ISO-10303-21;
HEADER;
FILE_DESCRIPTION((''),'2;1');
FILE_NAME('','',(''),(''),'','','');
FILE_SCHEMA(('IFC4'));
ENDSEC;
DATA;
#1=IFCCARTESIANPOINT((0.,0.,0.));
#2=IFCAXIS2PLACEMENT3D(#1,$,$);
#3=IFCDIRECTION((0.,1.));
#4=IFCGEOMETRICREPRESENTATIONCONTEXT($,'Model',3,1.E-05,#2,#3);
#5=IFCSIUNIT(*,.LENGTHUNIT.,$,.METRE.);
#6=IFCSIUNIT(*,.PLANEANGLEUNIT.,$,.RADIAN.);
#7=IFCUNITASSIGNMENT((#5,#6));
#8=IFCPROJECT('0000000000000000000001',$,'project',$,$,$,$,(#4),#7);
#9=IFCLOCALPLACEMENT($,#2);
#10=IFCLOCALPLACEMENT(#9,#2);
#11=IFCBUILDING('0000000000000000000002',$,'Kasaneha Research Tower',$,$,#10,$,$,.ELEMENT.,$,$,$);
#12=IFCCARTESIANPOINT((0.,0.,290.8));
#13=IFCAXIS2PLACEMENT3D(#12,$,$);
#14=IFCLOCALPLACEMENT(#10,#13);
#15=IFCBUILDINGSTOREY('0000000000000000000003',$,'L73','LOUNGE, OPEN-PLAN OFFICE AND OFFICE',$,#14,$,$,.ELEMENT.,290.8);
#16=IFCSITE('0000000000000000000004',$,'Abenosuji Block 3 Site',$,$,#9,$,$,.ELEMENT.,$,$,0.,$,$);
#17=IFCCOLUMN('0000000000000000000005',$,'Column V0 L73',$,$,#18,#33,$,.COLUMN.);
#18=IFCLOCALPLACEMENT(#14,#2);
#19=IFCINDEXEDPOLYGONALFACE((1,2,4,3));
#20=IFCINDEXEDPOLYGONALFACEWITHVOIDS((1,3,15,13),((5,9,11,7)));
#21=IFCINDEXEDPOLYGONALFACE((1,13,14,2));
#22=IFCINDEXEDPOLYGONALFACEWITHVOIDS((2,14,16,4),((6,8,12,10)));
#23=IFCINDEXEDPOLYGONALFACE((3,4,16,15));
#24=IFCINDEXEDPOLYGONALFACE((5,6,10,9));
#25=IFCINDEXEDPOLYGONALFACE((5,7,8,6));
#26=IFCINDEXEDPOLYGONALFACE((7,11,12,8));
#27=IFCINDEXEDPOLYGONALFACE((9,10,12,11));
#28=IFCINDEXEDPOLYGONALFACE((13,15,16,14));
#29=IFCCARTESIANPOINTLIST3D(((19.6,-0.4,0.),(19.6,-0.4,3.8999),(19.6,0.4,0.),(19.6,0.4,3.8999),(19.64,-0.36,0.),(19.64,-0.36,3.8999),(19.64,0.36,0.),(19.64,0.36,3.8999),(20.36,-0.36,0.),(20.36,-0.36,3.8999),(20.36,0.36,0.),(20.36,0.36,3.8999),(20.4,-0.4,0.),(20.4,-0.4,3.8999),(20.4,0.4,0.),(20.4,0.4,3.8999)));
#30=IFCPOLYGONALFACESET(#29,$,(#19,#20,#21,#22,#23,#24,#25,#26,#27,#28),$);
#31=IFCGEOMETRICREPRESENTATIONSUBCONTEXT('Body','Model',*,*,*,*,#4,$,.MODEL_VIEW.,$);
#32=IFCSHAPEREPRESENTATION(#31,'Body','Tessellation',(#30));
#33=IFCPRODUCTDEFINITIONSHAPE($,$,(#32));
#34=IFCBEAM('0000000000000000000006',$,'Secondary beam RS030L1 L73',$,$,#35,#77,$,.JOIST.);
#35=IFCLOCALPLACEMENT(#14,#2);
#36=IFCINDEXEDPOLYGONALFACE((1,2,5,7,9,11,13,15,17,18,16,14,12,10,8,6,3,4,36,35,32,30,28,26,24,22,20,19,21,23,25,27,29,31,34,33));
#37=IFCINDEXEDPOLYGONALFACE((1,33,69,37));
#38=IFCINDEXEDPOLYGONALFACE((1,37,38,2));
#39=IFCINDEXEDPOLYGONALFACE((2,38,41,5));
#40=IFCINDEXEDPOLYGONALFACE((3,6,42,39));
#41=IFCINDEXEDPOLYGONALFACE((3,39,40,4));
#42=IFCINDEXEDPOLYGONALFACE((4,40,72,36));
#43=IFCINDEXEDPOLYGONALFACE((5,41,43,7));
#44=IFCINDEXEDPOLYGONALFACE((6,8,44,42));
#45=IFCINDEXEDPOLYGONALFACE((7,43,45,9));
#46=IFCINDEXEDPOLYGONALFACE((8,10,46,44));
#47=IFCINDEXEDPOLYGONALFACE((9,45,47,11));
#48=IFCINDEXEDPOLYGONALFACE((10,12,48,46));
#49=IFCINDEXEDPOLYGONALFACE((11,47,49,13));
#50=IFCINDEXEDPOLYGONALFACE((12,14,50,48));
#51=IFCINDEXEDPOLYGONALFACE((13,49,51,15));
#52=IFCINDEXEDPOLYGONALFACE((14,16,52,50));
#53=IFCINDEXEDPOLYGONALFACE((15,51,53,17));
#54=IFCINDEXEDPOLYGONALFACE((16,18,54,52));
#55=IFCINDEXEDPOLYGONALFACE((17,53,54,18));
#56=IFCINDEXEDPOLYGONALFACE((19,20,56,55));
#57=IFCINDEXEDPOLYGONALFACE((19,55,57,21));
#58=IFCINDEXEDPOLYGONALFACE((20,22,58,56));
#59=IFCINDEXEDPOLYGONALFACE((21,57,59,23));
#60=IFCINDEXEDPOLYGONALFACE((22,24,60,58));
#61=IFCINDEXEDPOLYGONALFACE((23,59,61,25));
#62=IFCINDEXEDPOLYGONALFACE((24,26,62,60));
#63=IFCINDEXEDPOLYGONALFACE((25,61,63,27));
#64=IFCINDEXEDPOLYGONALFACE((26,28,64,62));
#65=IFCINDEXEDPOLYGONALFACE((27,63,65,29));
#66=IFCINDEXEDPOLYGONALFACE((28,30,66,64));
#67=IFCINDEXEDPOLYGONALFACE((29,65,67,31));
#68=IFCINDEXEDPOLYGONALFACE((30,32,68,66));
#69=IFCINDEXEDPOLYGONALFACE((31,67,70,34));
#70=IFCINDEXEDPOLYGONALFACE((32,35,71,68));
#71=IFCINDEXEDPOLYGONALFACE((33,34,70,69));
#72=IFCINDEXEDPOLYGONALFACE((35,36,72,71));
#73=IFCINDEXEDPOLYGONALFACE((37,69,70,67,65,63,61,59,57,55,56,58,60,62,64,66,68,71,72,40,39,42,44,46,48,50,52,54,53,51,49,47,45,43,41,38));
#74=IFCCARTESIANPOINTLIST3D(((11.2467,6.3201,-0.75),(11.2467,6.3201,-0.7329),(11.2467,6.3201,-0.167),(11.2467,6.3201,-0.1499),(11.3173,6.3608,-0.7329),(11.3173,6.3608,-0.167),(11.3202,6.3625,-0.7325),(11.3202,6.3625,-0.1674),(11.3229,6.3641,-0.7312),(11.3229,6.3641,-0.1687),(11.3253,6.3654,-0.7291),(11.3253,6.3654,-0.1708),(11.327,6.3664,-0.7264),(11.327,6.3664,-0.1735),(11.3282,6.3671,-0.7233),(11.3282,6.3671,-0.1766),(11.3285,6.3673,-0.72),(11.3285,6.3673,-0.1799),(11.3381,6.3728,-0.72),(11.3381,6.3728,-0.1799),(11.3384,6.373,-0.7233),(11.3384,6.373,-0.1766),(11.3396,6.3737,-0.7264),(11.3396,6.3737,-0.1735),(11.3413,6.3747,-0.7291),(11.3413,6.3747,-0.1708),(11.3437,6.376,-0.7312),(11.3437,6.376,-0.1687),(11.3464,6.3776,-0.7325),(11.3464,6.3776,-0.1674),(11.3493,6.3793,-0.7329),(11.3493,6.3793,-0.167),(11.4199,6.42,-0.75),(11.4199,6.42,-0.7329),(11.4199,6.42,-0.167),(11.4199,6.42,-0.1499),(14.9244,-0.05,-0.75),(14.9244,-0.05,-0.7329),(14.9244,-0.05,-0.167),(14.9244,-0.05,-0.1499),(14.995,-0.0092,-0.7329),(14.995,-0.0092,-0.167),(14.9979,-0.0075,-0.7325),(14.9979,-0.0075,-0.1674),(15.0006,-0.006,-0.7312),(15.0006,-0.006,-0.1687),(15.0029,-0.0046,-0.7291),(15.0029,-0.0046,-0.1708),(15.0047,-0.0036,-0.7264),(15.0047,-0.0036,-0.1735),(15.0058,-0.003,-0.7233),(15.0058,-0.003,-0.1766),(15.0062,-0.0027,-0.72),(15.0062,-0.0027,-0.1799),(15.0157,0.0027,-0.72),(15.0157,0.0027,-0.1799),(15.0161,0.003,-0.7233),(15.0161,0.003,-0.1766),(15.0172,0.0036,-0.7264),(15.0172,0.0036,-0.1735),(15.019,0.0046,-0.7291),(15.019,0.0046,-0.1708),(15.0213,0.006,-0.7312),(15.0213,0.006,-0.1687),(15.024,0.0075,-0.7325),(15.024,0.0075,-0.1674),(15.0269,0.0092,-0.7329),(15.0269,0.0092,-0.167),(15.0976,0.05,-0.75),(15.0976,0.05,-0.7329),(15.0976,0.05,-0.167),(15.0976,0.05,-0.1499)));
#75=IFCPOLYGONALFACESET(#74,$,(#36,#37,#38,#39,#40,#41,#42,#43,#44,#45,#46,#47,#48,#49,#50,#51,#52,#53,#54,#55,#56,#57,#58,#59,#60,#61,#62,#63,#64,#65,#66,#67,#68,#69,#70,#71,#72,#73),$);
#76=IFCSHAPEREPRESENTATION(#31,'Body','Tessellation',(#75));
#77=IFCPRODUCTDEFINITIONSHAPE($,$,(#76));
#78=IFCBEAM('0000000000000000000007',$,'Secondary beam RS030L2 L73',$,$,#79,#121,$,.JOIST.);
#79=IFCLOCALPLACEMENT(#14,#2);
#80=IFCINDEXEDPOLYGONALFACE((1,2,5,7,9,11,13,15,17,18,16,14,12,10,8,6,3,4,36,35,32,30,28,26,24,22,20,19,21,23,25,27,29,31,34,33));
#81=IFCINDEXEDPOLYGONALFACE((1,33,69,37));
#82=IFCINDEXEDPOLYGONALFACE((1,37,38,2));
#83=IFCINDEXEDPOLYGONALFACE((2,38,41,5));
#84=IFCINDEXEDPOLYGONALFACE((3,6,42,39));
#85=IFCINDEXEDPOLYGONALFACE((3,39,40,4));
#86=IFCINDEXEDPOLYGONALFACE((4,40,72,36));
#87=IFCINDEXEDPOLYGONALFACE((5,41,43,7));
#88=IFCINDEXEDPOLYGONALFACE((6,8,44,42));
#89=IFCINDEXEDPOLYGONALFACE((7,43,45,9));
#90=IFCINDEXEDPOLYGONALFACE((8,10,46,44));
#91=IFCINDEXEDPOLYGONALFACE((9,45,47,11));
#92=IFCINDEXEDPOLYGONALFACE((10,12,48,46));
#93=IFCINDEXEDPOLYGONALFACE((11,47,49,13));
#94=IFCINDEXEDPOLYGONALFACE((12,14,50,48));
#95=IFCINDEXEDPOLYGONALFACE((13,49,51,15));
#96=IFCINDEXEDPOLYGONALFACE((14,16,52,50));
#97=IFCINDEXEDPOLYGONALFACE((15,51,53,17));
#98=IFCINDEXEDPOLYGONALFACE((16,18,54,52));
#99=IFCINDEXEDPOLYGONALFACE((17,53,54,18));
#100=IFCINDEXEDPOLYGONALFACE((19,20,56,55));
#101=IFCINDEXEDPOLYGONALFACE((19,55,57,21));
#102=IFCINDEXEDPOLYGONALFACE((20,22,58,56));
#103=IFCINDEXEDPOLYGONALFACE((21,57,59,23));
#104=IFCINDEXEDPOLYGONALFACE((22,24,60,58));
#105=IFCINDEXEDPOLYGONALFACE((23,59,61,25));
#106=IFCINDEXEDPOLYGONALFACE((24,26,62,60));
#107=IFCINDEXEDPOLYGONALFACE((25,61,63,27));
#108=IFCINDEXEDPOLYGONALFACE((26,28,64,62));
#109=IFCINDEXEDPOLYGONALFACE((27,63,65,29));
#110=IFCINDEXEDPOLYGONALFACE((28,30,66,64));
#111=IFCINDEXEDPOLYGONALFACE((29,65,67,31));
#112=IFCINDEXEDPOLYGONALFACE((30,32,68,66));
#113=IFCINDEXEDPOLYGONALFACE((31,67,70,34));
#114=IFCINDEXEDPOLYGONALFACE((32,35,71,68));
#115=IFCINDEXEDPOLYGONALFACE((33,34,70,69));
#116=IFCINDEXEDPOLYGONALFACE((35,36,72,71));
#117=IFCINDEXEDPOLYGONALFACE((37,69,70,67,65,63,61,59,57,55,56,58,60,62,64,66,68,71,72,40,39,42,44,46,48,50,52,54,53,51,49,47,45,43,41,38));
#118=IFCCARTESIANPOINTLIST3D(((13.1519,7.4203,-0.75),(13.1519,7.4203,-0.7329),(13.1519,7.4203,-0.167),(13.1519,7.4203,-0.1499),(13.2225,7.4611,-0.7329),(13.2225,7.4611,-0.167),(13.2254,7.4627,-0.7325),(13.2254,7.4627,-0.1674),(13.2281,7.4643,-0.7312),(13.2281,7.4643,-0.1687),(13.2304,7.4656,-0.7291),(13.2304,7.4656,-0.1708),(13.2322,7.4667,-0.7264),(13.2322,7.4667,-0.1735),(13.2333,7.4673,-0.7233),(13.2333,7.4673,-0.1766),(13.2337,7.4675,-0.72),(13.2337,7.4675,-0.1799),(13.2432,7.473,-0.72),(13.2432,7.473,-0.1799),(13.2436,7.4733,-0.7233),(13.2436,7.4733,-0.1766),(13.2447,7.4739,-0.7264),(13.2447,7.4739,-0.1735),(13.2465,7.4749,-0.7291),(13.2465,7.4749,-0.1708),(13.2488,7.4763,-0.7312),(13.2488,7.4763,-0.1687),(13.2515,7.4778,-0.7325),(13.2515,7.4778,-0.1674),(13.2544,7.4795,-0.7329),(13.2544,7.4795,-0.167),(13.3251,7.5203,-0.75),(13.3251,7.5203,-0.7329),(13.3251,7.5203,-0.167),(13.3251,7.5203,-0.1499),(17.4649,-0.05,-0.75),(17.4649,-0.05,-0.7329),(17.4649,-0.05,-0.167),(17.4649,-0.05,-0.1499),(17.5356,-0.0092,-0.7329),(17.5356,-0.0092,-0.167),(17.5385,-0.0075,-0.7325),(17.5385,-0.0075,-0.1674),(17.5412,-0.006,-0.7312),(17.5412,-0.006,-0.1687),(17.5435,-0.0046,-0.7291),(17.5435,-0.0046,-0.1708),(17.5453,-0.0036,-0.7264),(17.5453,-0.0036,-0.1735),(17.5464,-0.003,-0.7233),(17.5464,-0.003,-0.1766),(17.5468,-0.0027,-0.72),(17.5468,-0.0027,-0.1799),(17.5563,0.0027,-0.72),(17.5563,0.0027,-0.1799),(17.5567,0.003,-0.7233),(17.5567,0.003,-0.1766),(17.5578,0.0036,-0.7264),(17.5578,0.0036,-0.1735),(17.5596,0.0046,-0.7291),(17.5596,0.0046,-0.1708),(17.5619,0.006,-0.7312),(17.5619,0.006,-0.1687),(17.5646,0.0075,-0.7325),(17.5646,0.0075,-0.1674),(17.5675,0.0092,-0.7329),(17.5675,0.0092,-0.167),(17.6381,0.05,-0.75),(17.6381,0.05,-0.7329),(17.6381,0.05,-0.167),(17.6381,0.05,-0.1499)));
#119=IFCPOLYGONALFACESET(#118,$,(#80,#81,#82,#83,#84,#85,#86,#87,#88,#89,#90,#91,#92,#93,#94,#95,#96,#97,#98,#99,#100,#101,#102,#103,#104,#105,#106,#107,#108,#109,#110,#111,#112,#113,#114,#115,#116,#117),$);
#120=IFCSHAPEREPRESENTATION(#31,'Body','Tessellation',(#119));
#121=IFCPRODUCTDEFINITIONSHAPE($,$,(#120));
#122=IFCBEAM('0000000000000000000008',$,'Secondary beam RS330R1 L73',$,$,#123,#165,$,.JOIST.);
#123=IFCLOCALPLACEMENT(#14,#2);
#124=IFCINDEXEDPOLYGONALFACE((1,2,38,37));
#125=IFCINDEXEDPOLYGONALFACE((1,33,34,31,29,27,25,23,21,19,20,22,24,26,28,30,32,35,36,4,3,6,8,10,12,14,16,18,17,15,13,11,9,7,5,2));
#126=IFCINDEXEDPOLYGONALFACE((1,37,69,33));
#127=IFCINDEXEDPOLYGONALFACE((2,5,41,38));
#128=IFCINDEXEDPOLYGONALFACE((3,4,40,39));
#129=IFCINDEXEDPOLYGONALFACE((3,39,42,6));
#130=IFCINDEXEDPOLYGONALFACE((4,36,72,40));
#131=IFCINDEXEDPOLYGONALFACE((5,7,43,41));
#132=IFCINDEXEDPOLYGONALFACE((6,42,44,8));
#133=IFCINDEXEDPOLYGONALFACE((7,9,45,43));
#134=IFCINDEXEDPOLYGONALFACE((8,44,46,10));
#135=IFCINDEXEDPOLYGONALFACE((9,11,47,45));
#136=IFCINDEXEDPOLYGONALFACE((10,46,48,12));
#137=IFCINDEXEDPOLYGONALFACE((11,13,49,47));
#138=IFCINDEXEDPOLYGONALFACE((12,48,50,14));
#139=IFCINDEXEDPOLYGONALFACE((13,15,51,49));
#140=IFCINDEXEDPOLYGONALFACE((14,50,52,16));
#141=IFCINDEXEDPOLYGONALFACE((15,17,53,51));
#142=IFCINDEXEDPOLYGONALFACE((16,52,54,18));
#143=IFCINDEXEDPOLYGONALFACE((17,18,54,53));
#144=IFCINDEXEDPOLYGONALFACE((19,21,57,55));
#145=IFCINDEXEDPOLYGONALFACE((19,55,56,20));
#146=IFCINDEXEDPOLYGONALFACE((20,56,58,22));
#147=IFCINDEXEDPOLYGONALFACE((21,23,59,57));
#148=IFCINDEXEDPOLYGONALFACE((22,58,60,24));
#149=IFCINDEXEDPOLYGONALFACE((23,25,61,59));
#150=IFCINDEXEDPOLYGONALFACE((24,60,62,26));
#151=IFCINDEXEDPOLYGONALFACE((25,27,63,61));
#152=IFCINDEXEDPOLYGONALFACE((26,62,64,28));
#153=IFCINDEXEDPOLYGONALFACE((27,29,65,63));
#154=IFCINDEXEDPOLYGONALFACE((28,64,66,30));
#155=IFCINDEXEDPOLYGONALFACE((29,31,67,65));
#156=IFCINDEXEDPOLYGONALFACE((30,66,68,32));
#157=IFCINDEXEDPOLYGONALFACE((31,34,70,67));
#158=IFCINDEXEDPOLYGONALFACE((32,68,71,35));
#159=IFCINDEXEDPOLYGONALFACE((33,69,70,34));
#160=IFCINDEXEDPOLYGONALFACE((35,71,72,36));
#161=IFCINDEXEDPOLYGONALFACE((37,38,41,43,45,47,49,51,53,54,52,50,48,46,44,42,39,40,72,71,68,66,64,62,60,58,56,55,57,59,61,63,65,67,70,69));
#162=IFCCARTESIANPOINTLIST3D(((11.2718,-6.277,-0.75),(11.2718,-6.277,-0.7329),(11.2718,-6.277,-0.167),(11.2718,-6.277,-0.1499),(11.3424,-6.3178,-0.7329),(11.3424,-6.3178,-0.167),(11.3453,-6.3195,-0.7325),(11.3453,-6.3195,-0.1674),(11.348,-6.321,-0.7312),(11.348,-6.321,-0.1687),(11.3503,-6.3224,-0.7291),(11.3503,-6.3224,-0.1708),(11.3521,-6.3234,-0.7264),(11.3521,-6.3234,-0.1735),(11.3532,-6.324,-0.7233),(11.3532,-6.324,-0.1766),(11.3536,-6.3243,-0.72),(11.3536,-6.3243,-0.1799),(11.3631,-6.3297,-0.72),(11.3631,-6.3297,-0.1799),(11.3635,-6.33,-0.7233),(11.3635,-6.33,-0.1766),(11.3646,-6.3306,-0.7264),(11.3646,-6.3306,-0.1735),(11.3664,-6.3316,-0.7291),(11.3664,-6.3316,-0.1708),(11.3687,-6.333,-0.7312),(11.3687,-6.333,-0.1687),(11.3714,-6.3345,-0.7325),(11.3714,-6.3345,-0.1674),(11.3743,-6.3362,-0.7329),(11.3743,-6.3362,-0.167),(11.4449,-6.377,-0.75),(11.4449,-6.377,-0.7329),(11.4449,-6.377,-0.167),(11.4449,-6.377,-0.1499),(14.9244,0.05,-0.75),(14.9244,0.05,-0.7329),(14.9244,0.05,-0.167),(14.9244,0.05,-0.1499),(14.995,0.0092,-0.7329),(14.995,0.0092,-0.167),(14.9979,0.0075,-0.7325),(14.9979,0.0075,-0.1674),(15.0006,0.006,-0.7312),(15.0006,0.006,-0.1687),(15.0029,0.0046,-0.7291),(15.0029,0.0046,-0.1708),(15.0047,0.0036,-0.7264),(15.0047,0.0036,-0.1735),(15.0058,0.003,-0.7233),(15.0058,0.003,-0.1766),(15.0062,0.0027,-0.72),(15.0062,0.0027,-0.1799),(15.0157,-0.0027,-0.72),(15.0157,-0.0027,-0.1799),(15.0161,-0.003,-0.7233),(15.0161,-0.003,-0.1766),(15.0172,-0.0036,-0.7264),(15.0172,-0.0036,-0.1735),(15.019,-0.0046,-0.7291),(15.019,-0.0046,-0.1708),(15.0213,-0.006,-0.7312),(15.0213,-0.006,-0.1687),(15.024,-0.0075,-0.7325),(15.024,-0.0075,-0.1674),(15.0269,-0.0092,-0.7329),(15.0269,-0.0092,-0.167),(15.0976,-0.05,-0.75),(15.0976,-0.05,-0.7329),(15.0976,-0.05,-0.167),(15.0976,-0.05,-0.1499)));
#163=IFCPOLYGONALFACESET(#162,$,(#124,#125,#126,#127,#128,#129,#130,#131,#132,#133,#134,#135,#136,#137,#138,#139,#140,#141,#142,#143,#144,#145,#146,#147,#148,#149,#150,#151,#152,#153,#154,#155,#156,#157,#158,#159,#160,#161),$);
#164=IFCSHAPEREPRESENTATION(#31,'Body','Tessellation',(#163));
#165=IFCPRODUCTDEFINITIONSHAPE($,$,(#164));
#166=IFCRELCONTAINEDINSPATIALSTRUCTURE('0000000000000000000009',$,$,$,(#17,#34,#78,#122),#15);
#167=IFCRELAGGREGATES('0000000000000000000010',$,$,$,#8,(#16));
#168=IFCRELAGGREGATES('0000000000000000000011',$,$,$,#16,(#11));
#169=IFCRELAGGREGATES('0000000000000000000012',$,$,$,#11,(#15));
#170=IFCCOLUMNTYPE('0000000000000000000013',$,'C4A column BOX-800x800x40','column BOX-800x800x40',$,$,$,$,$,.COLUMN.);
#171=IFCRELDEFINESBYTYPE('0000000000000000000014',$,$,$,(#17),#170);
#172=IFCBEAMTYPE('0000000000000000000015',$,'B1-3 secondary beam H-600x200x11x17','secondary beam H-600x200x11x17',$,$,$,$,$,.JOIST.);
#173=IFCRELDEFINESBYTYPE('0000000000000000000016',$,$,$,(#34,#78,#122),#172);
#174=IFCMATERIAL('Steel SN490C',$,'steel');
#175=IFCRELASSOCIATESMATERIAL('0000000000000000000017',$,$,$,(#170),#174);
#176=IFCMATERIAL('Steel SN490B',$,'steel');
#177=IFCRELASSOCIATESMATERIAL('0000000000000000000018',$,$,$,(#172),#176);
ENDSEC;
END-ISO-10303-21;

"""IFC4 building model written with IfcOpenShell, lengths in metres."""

from ifc_helpers import new_model, si_unit, direction, frame, origin, origin_2d, place, context, subcontext, project, spatial, hollow_rectangle, i_section, extrude, material, material_profile, profile_set, type_object, element, save


model = new_model("IFC4")

# Units and contexts
model_context = context("Model", 3, precision=1e-05, world=origin(), true_north=direction((0.0, 1.0)))
body_context = subcontext(model_context, "Body", "Model", "MODEL_VIEW")
ifc_project = project(units=[si_unit("LENGTHUNIT", "METRE"), si_unit("PLANEANGLEUNIT", "RADIAN")], contexts=[model_context])

# Site, building, storey
site_placement = place(None, origin())
site = spatial("IfcSite", under=ifc_project, at=site_placement, Name="Abenosuji Block 3 Site", CompositionType="ELEMENT", RefElevation=0.0)
building_placement = place(site_placement, origin())
building = spatial("IfcBuilding", under=site, at=building_placement, Name="Kasaneha Research Tower", CompositionType="ELEMENT")
storey_placement = place(building_placement, frame((0.0, 0.0, 290.8)))
storey = spatial("IfcBuildingStorey", under=building, at=storey_placement, Name="L73", Description="LOUNGE, OPEN-PLAN OFFICE AND OFFICE", CompositionType="ELEMENT", Elevation=290.8)

# Column
ifc_material_1 = material(Name="Steel SN490C", Category="steel")
ifc_material_profile_1 = material_profile(ifc_material_1, hollow_rectangle(XDim=0.8, YDim=0.8, WallThickness=0.04, at=origin_2d()), Name="BOX-800x800x40")
ifc_profile_set_1 = profile_set([ifc_material_profile_1], Name="Steel SN490C")
column_type = type_object("IfcColumnType", Name="C4A column BOX-800x800x40", Description="column BOX-800x800x40", PredefinedType="COLUMN", material=ifc_profile_set_1)
column_placement = place(storey_placement, frame((20.0, 0.0, 0.0), z_axis=(0.0, 0.0, 1.0), x_axis=(1.0, 0.0, 0.0)))
element("IfcColumn", 1, at=column_placement, inside=storey, type_object=column_type, Name="Column V0 L73", PredefinedType="COLUMN", context=body_context, shape_type="SweptSolid", body=[
    extrude(hollow_rectangle(XDim=0.8, YDim=0.8, WallThickness=0.04, at=origin_2d()), origin(), (0.0, 0.0, 1.0), 3.8999),
])

# Beams
ifc_material_2 = material(Name="Steel SN490B", Category="steel")
ifc_material_profile_2 = material_profile(ifc_material_2, i_section(OverallWidth=0.2, OverallDepth=0.6001, WebThickness=0.011, FlangeThickness=0.0171, FilletRadius=0.0129, at=origin_2d()), Name="H-600x200x11x17")
ifc_profile_set_2 = profile_set([ifc_material_profile_2], Name="Steel SN490B")
beam_type_1 = type_object("IfcBeamType", Name="B1-3 secondary beam H-600x200x11x17", Description="secondary beam H-600x200x11x17", PredefinedType="JOIST", material=ifc_profile_set_2)
beam_1_placement = place(storey_placement, frame((15.011, 0.0, -0.45), z_axis=(-0.499994, 0.866029, 0.0), x_axis=(-0.866029, -0.499994, 0.0)))
element("IfcBeam", 2, at=beam_1_placement, inside=storey, type_object=beam_type_1, Name="Secondary beam RS030L1 L73", PredefinedType="JOIST", context=body_context, shape_type="SweptSolid", body=[
    extrude(i_section(OverallWidth=0.2, OverallDepth=0.6001, WebThickness=0.011, FlangeThickness=0.0171, FilletRadius=0.0129, at=origin_2d()), origin(), (0.0, 0.0, 1.0), 7.3555),
])
beam_2_placement = place(storey_placement, frame((17.5515, 0.0, -0.45), z_axis=(-0.500005, 0.866023, 0.0), x_axis=(-0.866023, -0.500005, 0.0)))
element("IfcBeam", 3, at=beam_2_placement, inside=storey, type_object=beam_type_1, Name="Secondary beam RS030L2 L73", PredefinedType="JOIST", context=body_context, shape_type="SweptSolid", body=[
    extrude(i_section(OverallWidth=0.2, OverallDepth=0.6001, WebThickness=0.011, FlangeThickness=0.0171, FilletRadius=0.0129, at=origin_2d()), origin(), (0.0, 0.0, 1.0), 8.626),
])
beam_3_placement = place(storey_placement, frame((15.011, 0.0, -0.45), z_axis=(-0.499974, -0.86604, 0.0), x_axis=(0.86604, -0.499974, 0.0)))
element("IfcBeam", 4, at=beam_3_placement, inside=storey, type_object=beam_type_1, Name="Secondary beam RS330R1 L73", PredefinedType="JOIST", context=body_context, shape_type="SweptSolid", body=[
    extrude(i_section(OverallWidth=0.2, OverallDepth=0.6001, WebThickness=0.011, FlangeThickness=0.0171, FilletRadius=0.0129, at=origin_2d()), origin(), (0.0, 0.0, 1.0), 7.3057),
])

save(model, "model.ifc")
